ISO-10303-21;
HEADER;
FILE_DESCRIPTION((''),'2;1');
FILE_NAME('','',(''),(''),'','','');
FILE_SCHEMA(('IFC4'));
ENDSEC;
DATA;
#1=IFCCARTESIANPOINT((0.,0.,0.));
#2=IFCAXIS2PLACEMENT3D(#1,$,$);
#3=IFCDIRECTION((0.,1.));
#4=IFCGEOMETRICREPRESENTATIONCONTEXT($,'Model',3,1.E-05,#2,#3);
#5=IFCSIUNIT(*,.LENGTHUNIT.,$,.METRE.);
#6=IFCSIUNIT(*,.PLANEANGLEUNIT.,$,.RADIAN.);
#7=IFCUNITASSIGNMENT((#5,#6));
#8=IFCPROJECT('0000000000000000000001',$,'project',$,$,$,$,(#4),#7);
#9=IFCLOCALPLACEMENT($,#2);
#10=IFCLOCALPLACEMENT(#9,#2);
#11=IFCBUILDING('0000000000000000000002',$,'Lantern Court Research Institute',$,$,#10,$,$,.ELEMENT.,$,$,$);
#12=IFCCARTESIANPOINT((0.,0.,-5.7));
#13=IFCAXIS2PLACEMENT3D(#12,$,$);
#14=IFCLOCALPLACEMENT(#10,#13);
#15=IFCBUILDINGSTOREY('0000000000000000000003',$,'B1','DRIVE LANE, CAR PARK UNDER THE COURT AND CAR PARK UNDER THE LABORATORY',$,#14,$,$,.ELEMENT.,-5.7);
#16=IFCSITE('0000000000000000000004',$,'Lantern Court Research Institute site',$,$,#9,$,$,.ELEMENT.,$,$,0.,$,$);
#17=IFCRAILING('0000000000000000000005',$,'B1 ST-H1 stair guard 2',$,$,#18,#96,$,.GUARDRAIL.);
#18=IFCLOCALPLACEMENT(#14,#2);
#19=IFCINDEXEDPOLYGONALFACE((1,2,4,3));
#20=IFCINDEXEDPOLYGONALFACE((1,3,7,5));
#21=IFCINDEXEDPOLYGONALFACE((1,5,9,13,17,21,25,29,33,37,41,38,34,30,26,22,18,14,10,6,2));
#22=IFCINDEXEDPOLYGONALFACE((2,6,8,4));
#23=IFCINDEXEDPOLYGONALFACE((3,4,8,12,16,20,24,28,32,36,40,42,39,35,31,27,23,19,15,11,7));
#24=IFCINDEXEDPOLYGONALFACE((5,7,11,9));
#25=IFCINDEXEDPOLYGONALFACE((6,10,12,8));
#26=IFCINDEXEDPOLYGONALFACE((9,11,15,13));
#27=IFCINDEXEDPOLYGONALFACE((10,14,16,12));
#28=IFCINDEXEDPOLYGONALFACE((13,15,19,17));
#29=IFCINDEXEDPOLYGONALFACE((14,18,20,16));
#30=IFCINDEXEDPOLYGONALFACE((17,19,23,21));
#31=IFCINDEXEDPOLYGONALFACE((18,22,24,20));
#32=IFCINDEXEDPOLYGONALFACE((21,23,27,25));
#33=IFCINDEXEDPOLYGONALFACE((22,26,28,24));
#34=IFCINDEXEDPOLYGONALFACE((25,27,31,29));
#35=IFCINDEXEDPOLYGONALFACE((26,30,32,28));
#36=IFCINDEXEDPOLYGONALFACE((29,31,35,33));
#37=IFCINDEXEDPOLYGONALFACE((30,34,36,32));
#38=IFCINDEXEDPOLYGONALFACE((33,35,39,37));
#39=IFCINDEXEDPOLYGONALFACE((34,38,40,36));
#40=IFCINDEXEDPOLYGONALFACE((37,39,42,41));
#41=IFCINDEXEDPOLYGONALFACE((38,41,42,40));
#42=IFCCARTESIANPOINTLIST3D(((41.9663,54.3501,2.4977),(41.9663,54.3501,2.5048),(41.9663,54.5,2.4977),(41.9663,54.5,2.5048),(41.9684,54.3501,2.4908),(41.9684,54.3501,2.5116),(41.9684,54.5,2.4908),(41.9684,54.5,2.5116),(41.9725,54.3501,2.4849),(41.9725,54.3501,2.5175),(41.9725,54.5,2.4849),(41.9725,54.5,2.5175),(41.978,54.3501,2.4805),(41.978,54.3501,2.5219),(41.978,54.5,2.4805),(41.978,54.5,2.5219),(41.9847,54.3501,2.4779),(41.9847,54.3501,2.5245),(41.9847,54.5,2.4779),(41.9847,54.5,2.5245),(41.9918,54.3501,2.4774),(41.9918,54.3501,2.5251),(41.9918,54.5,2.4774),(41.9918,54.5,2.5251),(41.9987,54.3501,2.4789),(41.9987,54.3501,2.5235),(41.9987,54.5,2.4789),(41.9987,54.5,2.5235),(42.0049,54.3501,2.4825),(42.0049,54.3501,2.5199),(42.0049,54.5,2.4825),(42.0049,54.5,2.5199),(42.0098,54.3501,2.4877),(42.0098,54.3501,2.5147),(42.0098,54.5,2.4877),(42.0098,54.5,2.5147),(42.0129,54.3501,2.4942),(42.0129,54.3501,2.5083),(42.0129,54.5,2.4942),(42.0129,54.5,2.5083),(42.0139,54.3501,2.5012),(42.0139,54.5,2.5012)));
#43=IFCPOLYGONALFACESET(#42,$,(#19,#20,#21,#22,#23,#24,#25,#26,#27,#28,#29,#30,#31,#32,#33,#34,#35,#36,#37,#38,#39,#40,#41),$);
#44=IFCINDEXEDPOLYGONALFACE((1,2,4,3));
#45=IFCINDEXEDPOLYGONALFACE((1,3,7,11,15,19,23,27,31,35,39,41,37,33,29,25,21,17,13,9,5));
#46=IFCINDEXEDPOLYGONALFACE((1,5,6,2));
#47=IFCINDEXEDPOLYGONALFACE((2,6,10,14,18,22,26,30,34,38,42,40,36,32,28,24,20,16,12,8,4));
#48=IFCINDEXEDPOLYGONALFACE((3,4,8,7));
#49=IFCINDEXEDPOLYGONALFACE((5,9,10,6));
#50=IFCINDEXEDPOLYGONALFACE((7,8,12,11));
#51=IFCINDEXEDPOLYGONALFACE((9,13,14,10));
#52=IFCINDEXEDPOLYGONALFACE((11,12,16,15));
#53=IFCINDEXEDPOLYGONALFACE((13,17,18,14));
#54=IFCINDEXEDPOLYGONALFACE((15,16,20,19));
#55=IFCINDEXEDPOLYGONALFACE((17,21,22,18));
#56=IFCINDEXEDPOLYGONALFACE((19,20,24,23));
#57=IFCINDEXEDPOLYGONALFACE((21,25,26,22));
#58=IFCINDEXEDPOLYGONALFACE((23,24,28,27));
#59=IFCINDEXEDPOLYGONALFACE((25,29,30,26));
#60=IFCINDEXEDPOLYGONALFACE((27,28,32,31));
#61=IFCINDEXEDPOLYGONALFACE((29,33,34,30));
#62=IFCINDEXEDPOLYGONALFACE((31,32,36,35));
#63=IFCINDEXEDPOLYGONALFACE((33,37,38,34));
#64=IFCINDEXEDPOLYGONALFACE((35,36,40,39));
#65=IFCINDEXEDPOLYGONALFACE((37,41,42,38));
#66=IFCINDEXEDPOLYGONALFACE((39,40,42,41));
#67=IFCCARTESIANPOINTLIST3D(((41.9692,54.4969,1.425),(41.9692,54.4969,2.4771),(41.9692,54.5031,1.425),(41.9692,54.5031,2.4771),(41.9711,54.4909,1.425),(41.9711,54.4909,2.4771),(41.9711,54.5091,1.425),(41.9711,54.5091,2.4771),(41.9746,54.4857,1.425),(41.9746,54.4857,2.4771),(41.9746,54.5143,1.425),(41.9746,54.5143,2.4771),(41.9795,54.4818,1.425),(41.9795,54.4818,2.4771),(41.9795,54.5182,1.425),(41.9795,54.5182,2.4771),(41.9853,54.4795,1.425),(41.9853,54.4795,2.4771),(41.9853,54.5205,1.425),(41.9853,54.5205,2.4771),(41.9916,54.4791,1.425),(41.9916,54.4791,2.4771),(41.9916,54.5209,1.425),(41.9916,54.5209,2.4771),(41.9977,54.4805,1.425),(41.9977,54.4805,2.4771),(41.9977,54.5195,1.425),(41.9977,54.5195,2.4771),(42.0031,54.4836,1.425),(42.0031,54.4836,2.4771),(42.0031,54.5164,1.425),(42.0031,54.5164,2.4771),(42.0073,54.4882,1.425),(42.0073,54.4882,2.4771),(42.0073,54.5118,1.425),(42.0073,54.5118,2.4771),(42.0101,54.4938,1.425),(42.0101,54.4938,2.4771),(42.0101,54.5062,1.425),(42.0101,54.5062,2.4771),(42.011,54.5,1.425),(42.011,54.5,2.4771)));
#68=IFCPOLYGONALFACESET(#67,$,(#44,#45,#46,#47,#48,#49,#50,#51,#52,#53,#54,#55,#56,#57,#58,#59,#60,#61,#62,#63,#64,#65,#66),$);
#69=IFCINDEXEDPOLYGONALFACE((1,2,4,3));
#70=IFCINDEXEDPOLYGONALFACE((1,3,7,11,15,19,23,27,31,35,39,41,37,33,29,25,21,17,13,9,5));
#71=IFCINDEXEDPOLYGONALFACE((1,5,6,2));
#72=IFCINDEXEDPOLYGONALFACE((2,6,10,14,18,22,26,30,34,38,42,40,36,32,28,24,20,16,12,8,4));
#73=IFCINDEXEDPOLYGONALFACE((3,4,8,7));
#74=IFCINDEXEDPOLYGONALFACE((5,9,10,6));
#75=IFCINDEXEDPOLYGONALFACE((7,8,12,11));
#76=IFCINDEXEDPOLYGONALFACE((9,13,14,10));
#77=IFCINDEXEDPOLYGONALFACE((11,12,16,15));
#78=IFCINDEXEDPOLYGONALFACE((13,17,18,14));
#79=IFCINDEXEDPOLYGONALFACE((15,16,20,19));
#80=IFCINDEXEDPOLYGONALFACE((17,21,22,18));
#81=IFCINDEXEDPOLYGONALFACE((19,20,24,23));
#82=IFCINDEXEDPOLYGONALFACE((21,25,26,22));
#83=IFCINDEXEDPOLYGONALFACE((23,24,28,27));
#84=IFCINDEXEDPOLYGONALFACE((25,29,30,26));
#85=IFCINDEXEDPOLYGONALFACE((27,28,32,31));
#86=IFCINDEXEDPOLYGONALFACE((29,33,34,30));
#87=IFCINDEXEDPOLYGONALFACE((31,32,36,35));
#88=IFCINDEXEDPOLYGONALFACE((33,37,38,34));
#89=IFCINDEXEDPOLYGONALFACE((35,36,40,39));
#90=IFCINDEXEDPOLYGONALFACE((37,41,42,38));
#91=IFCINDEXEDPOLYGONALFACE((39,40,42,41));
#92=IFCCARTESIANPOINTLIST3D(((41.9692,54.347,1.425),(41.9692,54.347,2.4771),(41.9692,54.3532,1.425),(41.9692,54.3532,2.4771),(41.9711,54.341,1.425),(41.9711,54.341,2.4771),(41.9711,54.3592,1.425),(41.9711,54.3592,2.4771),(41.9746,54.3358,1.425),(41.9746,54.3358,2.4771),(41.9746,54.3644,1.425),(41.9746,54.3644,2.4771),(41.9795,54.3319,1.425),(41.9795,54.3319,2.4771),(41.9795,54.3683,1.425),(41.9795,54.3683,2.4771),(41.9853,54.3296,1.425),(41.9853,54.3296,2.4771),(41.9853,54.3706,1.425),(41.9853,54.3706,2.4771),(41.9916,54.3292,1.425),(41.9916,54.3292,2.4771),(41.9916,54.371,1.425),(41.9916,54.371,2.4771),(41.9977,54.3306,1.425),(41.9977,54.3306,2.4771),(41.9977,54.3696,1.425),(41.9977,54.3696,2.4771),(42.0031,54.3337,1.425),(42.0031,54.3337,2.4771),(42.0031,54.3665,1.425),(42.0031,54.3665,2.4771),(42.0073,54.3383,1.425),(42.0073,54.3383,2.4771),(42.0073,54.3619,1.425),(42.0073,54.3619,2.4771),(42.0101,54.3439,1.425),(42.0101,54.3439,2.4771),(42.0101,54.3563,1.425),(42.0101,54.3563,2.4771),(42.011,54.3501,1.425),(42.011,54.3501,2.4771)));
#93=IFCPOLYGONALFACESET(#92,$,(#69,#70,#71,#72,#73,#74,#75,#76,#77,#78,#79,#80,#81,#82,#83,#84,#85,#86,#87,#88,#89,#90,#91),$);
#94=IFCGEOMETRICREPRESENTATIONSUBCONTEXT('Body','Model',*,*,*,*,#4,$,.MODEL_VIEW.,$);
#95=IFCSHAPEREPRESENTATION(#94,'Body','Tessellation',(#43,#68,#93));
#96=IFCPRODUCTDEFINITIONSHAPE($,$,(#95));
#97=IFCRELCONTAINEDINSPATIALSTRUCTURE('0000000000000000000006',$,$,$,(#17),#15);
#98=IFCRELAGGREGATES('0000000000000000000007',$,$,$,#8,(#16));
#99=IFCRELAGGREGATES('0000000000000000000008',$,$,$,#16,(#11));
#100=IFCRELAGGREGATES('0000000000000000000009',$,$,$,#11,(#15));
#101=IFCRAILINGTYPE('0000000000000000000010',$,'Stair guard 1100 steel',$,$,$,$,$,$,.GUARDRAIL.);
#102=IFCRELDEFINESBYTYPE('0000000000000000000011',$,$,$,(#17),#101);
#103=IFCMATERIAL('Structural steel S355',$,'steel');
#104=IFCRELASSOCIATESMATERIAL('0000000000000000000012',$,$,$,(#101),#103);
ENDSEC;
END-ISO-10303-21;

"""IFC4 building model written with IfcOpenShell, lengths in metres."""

from ifc_helpers import new_model, si_unit, direction, frame, origin, origin_2d, place, context, subcontext, project, spatial, circle, extrude, material, type_object, element, save


model = new_model("IFC4")

# Units and contexts
model_context = context("Model", 3, precision=1e-05, world=origin(), true_north=direction((0.0, 1.0)))
body_context = subcontext(model_context, "Body", "Model", "MODEL_VIEW")
ifc_project = project(units=[si_unit("LENGTHUNIT", "METRE"), si_unit("PLANEANGLEUNIT", "RADIAN")], contexts=[model_context])

# Site, building, storey
site_placement = place(None, origin())
site = spatial("IfcSite", under=ifc_project, at=site_placement, Name="Lantern Court Research Institute site", CompositionType="ELEMENT", RefElevation=0.0)
building_placement = place(site_placement, origin())
building = spatial("IfcBuilding", under=site, at=building_placement, Name="Lantern Court Research Institute", CompositionType="ELEMENT")
storey_placement = place(building_placement, frame((0.0, 0.0, -5.7)))
storey = spatial("IfcBuildingStorey", under=building, at=storey_placement, Name="B1", Description="DRIVE LANE, CAR PARK UNDER THE COURT AND CAR PARK UNDER THE LABORATORY", CompositionType="ELEMENT", Elevation=-5.7)

# Railing
ifc_material_1 = material(Name="Structural steel S355", Category="steel")
railing_type_1 = type_object("IfcRailingType", Name="Stair guard 1100 steel", PredefinedType="GUARDRAIL", material=ifc_material_1)
railing_1_placement = place(storey_placement, frame((41.99, 54.5, 1.425)))
element("IfcRailing", 1, at=railing_1_placement, inside=storey, type_object=railing_type_1, Name="B1 ST-H1 stair guard 2", PredefinedType="GUARDRAIL", context=body_context, shape_type="SweptSolid", body=[
    extrude(circle(Radius=0.0239, at=origin_2d()), frame((0.0, 0.0, 1.0762), z_axis=(0.0, -1.0, 0.0), x_axis=(1.0, 0.0, 0.0)), (0.0, 0.0, 1.0), 0.1499),
    extrude(circle(Radius=0.021, at=origin_2d()), origin(), (0.0, 0.0, 1.0), 1.052),
    extrude(circle(Radius=0.021, at=origin_2d()), frame((0.0, -0.1499, 0.0)), (0.0, 0.0, 1.0), 1.052),
])

save(model, "model.ifc")
